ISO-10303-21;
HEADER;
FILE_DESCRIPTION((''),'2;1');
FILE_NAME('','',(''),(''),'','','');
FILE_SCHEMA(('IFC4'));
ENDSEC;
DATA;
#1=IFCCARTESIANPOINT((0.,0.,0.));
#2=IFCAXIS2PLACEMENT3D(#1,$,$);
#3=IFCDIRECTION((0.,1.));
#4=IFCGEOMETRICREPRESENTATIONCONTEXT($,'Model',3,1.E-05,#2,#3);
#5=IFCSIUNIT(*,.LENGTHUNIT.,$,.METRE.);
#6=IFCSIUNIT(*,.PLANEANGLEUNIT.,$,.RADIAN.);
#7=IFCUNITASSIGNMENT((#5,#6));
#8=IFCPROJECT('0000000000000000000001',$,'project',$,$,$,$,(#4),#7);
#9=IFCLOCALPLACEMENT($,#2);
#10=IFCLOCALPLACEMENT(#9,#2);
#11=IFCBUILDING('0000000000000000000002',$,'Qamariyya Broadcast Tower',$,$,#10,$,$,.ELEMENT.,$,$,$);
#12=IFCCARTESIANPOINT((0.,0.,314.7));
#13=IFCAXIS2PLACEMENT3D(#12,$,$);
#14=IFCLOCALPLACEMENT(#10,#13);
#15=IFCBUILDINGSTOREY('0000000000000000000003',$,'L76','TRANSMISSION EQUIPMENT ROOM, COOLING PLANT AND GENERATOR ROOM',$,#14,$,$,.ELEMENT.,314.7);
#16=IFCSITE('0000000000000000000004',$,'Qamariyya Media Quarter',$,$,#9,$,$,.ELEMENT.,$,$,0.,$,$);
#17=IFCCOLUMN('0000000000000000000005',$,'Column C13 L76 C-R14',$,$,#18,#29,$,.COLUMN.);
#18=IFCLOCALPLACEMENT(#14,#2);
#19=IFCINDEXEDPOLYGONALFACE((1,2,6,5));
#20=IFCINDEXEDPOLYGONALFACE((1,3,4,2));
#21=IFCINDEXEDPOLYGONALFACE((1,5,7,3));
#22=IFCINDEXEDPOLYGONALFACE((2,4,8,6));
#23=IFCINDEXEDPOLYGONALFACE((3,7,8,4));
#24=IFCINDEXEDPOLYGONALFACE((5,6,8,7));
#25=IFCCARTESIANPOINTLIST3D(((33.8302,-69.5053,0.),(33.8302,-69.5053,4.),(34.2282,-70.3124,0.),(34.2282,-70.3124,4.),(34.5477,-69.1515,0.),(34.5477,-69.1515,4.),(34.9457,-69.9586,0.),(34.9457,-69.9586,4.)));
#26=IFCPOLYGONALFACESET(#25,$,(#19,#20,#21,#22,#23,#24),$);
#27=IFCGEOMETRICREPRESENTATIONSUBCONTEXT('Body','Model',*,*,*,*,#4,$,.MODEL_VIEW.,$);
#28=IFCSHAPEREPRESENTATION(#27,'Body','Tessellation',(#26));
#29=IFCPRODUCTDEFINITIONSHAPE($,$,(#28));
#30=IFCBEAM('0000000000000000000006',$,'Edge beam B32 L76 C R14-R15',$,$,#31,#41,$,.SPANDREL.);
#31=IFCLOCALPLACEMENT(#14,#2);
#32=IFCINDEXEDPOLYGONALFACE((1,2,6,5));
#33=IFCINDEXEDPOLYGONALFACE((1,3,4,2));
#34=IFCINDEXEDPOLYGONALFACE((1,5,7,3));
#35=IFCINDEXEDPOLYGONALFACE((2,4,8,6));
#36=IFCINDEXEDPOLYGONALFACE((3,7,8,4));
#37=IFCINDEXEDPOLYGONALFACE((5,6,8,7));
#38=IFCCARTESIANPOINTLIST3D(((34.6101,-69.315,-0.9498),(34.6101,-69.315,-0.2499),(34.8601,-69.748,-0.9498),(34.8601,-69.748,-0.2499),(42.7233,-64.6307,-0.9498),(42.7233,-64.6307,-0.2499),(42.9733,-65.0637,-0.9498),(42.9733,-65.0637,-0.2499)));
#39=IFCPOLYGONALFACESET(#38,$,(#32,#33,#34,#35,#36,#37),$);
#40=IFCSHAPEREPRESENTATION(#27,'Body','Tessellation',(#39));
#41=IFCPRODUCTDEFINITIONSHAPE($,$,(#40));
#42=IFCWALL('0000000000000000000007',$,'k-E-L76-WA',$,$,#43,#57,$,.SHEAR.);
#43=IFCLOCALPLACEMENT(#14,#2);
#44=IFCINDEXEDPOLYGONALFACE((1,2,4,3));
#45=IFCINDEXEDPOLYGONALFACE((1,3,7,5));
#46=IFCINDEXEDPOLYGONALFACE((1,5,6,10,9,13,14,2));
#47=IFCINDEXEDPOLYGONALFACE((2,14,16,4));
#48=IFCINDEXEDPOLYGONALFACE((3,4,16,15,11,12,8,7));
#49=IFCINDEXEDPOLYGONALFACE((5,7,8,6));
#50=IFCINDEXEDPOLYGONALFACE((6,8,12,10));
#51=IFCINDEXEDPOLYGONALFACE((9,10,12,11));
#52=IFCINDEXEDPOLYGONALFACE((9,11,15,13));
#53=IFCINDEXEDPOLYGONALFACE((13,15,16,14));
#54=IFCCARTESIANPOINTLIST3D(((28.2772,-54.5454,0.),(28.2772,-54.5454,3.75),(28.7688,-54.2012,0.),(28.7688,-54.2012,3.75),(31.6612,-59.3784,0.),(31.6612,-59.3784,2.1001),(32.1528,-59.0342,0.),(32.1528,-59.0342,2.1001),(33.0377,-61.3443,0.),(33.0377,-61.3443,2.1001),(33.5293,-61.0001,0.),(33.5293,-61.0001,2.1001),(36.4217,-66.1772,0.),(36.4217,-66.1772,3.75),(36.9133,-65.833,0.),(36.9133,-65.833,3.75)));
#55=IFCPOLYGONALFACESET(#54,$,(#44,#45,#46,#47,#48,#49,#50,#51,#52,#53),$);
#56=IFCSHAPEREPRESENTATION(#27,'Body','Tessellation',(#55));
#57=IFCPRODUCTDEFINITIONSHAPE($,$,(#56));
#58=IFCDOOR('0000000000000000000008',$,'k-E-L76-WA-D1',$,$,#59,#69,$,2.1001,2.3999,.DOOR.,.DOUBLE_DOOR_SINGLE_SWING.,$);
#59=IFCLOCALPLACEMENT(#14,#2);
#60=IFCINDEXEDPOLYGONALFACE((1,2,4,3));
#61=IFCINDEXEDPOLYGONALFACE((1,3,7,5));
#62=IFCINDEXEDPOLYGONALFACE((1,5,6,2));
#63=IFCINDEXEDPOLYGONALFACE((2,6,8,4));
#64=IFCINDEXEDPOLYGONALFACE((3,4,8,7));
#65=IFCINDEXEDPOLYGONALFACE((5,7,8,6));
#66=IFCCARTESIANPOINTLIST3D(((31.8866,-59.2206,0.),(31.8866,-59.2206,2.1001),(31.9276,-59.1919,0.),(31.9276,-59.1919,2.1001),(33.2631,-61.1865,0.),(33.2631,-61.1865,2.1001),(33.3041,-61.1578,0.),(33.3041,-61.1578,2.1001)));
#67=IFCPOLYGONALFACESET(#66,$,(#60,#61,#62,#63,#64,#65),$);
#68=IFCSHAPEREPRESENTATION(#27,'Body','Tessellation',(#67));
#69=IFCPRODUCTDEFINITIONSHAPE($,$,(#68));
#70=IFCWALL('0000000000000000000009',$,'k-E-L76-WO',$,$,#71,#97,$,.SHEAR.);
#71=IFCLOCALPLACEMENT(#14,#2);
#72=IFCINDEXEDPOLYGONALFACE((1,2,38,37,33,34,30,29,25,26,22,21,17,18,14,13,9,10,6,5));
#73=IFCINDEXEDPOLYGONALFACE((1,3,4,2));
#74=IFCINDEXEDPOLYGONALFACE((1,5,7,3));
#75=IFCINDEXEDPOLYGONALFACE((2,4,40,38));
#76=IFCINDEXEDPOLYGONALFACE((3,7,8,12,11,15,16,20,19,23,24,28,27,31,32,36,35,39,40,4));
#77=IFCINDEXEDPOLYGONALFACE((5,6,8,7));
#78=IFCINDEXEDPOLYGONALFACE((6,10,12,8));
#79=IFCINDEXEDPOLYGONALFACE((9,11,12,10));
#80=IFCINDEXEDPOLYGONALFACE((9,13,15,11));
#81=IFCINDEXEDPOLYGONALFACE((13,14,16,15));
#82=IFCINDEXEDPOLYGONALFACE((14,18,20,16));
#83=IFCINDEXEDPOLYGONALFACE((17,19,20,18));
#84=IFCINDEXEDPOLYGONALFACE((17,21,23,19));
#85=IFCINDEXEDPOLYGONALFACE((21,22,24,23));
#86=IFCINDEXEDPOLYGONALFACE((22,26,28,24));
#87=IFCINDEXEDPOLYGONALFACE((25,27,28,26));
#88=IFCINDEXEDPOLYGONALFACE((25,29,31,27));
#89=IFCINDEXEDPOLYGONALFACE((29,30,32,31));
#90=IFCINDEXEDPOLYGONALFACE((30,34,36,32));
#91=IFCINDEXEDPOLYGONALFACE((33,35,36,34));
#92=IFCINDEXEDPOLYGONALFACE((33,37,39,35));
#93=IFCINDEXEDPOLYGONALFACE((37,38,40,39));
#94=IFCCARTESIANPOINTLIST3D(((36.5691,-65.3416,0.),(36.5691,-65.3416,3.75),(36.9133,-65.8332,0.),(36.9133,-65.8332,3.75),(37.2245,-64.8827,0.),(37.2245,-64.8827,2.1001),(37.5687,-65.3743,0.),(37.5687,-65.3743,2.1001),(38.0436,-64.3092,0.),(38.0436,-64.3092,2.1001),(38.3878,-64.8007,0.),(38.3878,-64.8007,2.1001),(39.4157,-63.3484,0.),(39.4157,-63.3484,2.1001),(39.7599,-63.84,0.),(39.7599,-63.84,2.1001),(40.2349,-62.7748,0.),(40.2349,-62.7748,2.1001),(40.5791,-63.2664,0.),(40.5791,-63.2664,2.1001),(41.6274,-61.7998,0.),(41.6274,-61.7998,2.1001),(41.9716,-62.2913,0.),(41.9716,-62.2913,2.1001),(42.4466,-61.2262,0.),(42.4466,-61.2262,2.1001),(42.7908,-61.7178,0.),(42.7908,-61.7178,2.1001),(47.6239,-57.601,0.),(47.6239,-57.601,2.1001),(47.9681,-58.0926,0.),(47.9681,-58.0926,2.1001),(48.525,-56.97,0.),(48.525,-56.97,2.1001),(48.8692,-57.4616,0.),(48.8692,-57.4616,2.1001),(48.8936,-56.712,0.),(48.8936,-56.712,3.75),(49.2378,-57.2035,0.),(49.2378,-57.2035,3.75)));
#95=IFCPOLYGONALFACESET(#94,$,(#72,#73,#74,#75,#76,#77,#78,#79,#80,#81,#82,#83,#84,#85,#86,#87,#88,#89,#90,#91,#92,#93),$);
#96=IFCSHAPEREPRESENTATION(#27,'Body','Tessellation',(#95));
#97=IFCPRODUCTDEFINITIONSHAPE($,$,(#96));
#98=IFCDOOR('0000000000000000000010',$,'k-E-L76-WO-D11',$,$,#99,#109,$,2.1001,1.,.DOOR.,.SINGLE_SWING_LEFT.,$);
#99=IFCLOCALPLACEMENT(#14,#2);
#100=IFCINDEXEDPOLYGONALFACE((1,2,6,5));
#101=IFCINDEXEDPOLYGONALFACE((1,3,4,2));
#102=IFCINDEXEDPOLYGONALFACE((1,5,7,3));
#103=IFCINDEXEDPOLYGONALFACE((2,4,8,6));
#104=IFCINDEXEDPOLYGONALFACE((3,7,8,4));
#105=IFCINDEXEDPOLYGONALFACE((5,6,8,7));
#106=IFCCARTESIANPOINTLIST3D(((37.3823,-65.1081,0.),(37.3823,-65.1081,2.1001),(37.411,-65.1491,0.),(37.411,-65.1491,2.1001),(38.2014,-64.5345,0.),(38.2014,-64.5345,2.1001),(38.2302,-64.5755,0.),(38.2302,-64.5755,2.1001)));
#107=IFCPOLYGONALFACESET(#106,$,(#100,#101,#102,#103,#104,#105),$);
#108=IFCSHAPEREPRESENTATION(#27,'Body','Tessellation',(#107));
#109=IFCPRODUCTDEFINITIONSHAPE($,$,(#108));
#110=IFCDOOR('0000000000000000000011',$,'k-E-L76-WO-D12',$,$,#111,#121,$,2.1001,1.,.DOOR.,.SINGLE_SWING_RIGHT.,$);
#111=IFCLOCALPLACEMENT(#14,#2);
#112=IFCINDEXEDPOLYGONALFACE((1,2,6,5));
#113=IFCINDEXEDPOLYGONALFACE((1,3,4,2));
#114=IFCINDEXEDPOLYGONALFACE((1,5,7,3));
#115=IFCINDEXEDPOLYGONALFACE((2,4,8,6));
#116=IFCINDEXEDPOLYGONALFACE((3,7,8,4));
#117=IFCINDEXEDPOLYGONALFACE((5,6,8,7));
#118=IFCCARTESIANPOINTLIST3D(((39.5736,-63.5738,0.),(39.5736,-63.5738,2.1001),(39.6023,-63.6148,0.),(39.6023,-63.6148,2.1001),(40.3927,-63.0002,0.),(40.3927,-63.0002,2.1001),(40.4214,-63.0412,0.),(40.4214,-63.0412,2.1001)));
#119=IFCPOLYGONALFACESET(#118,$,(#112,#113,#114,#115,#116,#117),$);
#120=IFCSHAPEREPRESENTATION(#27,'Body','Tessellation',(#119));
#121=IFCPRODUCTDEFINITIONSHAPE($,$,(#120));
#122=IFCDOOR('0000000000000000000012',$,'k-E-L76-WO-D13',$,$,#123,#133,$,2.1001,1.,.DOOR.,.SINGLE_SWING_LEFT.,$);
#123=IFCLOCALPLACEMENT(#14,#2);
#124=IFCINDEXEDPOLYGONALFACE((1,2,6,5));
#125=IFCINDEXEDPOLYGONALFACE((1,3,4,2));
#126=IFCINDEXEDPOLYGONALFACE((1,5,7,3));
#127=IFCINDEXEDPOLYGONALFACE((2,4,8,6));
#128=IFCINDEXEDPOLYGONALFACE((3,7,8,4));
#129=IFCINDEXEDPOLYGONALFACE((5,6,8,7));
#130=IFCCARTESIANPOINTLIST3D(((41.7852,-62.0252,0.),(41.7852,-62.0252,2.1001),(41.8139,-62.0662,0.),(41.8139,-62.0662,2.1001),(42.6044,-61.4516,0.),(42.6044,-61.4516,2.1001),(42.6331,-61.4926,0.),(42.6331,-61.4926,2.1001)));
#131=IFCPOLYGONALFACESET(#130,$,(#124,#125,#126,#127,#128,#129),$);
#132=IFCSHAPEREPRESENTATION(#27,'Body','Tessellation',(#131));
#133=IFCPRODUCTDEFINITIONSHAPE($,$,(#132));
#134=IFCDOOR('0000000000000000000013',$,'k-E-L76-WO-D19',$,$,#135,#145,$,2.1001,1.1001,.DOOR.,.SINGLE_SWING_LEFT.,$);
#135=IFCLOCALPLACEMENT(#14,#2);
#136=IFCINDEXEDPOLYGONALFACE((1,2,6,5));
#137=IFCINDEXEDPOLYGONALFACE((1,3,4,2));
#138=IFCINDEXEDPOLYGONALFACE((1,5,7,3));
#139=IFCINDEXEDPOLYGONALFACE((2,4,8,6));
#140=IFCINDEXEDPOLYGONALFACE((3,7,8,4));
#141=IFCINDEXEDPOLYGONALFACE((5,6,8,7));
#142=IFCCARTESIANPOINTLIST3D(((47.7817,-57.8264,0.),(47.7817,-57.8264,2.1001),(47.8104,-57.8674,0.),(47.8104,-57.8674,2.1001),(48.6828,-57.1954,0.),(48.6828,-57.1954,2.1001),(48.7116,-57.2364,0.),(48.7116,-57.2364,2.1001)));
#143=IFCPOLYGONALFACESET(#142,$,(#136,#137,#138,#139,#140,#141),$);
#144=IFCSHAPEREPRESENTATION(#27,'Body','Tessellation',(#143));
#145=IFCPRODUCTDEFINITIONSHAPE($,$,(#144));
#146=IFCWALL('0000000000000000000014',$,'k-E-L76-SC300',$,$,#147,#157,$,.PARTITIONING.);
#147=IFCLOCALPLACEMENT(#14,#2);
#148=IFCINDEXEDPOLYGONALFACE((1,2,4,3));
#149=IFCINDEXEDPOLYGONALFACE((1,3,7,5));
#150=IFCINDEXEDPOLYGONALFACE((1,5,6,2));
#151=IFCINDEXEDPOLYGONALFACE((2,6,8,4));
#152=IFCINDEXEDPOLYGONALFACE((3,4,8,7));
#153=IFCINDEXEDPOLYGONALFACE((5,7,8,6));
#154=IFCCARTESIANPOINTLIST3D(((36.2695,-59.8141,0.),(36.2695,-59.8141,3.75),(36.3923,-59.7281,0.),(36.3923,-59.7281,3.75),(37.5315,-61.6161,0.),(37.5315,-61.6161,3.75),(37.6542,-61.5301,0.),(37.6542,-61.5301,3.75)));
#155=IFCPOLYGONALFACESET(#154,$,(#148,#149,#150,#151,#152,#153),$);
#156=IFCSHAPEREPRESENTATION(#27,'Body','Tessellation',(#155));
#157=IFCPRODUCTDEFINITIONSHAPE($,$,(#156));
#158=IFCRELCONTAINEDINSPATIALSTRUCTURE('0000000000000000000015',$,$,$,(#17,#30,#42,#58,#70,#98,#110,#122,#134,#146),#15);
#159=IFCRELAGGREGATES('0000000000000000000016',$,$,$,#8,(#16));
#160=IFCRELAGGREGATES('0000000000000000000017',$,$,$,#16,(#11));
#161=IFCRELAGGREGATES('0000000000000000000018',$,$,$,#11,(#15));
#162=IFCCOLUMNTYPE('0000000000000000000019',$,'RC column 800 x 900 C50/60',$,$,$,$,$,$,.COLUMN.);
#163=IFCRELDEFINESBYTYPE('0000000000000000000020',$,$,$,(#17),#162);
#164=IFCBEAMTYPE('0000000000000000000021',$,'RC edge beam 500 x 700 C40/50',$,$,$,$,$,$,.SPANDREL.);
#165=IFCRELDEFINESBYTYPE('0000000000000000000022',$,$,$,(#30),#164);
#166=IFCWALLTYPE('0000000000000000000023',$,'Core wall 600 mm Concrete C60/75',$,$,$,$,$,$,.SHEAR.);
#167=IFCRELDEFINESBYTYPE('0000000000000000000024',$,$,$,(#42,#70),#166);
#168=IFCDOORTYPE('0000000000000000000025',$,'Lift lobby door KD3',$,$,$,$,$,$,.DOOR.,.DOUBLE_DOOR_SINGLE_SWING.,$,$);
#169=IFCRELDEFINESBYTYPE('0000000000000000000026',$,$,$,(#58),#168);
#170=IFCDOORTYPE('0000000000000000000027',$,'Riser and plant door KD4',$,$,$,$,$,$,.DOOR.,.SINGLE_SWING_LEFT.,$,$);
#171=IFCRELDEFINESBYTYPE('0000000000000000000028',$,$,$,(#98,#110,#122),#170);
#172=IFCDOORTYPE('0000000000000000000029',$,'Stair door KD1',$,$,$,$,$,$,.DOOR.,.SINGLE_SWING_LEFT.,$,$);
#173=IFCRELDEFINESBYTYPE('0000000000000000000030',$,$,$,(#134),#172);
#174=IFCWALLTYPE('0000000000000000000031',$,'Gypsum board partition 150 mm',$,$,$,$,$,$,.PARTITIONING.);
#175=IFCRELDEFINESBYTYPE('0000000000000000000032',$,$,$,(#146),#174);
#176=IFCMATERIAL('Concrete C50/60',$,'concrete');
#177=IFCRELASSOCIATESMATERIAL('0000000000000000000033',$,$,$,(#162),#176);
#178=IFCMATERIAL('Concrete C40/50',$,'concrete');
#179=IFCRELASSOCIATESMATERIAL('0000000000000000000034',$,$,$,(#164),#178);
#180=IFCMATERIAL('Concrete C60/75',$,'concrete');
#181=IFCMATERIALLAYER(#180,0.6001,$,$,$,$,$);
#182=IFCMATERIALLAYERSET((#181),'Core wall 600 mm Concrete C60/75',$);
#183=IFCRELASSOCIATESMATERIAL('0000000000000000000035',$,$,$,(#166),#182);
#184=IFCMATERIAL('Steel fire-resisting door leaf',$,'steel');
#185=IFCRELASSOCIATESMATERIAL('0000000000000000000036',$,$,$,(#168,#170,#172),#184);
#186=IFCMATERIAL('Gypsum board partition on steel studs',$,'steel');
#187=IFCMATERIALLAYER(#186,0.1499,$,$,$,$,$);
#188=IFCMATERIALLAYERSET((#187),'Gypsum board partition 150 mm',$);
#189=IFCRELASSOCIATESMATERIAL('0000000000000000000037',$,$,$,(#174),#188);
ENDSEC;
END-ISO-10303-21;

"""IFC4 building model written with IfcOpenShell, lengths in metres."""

from ifc_helpers import new_model, si_unit, direction, frame, frame_2d, origin, origin_2d, place, context, subcontext, project, spatial, rectangle, extrude, material, layer, layer_set, material_profile, profile_set, type_object, element, fill, save


model = new_model("IFC4")

# Units and contexts
model_context = context("Model", 3, precision=1e-05, world=origin(), true_north=direction((0.0, 1.0)))
body_context = subcontext(model_context, "Body", "Model", "MODEL_VIEW")
ifc_project = project(units=[si_unit("LENGTHUNIT", "METRE"), si_unit("PLANEANGLEUNIT", "RADIAN")], contexts=[model_context])

# Site, building, storey
site_placement = place(None, origin())
site = spatial("IfcSite", under=ifc_project, at=site_placement, Name="Qamariyya Media Quarter", CompositionType="ELEMENT", RefElevation=0.0)
building_placement = place(site_placement, origin())
building = spatial("IfcBuilding", under=site, at=building_placement, Name="Qamariyya Broadcast Tower", CompositionType="ELEMENT")
storey_placement = place(building_placement, frame((0.0, 0.0, 314.7)))
storey = spatial("IfcBuildingStorey", under=building, at=storey_placement, Name="L76", Description="TRANSMISSION EQUIPMENT ROOM, COOLING PLANT AND GENERATOR ROOM", CompositionType="ELEMENT", Elevation=314.7)

# Column
ifc_material_1 = material(Name="Concrete C50/60", Category="concrete")
ifc_material_profile_1 = material_profile(ifc_material_1, rectangle(XDim=0.8, YDim=0.8999, at=origin_2d()))
ifc_profile_set_1 = profile_set([ifc_material_profile_1], Name="Concrete C50/60")
column_type = type_object("IfcColumnType", Name="RC column 800 x 900 C50/60", PredefinedType="COLUMN", material=ifc_profile_set_1)
column_placement = place(storey_placement, frame((34.3879, -69.7319, 0.0), z_axis=(0.0, 0.0, 1.0), x_axis=(0.896873, 0.442289, 0.0)))
element("IfcColumn", 1, at=column_placement, inside=storey, type_object=column_type, Name="Column C13 L76 C-R14", PredefinedType="COLUMN", context=body_context, shape_type="SweptSolid", body=[
    extrude(rectangle(XDim=0.8, YDim=0.8999, at=origin_2d()), origin(), (0.0, 0.0, 1.0), 4.0),
])

# Beam
ifc_material_2 = material(Name="Concrete C40/50", Category="concrete")
ifc_material_profile_2 = material_profile(ifc_material_2, rectangle(XDim=0.5, YDim=0.7, at=origin_2d()))
ifc_profile_set_2 = profile_set([ifc_material_profile_2], Name="Concrete C40/50")
beam_type = type_object("IfcBeamType", Name="RC edge beam 500 x 700 C40/50", PredefinedType="SPANDREL", material=ifc_profile_set_2)
beam_placement = place(storey_placement, frame((34.7351, -69.5315, -0.5999), z_axis=(0.86602, 0.50001, 0.0), x_axis=(-0.50001, 0.86602, 0.0)))
element("IfcBeam", 2, at=beam_placement, inside=storey, type_object=beam_type, Name="Edge beam B32 L76 C R14-R15", PredefinedType="SPANDREL", context=body_context, shape_type="SweptSolid", body=[
    extrude(rectangle(XDim=0.5, YDim=0.7, at=origin_2d()), origin(), (0.0, 0.0, 1.0), 9.3684),
])

# Wall, opening, door
ifc_material_3 = material(Name="Concrete C60/75", Category="concrete")
ifc_layer_1 = layer(ifc_material_3, 0.6001)
ifc_layer_set_1 = layer_set([ifc_layer_1], Name="Core wall 600 mm Concrete C60/75")
wall_type_1 = type_object("IfcWallType", Name="Core wall 600 mm Concrete C60/75", PredefinedType="SHEAR", material=ifc_layer_set_1)
wall_1_placement = place(storey_placement, frame((36.6675, -66.0051, 0.0), z_axis=(0.0, 0.0, 1.0), x_axis=(-0.573568, 0.819158, 0.0)))
wall_1 = element("IfcWall", 3, at=wall_1_placement, inside=storey, type_object=wall_type_1, Name="k-E-L76-WA", PredefinedType="SHEAR", context=body_context, shape_type="SweptSolid", body=[
    extrude(rectangle(XDim=14.1997, YDim=0.6001, at=frame_2d((7.0999, 0.0))), origin(), (0.0, 0.0, 1.0), 3.75),
])
opening_1_placement = place(wall_1_placement, frame((5.8999, 0.0, 0.0)))
opening_1 = element("IfcOpeningElement", 4, at=opening_1_placement, cuts=wall_1, PredefinedType="OPENING", context=body_context, shape_type="SweptSolid", body=[
    extrude(rectangle(XDim=2.3999, YDim=2.1001, at=frame_2d((1.2, 1.05))), frame((0.0, 0.3101, 0.0), z_axis=(0.0, -1.0, 0.0), x_axis=(1.0, 0.0, 0.0)), (0.0, 0.0, 1.0), 0.6201),
])
ifc_material_4 = material(Name="Steel fire-resisting door leaf", Category="steel")
door_type_1 = type_object("IfcDoorType", Name="Lift lobby door KD3", OperationType="DOUBLE_DOOR_SINGLE_SWING", PredefinedType="DOOR", material=ifc_material_4)
door_1_placement = place(opening_1_placement, origin())
door_1 = element("IfcDoor", 5, at=door_1_placement, inside=storey, type_object=door_type_1, Name="k-E-L76-WA-D1", OperationType="DOUBLE_DOOR_SINGLE_SWING", OverallHeight=2.1001, OverallWidth=2.3999, PredefinedType="DOOR", context=body_context, shape_type="SweptSolid", body=[
    extrude(rectangle(XDim=2.3999, YDim=2.1001, at=frame_2d((1.2, 1.05))), frame((0.0, 0.0249, 0.0), z_axis=(0.0, -1.0, 0.0), x_axis=(1.0, 0.0, 0.0)), (0.0, 0.0, 1.0), 0.05),
])
fill(opening_1, door_1)

# Wall, openings, doors
wall_2_placement = place(storey_placement, frame((36.7412, -65.5874, 0.0), z_axis=(0.0, 0.0, 1.0), x_axis=(0.819153, 0.573575, 0.0)))
wall_2 = element("IfcWall", 6, at=wall_2_placement, inside=storey, type_object=wall_type_1, Name="k-E-L76-WO", PredefinedType="SHEAR", context=body_context, shape_type="SweptSolid", body=[
    extrude(rectangle(XDim=15.0454, YDim=0.6001, at=frame_2d((7.5227, 0.0))), origin(), (0.0, 0.0, 1.0), 3.75),
])
opening_2_placement = place(wall_2_placement, frame((0.8, 0.0, 0.0)))
opening_2 = element("IfcOpeningElement", 7, at=opening_2_placement, cuts=wall_2, PredefinedType="OPENING", context=body_context, shape_type="SweptSolid", body=[
    extrude(rectangle(XDim=1.0, YDim=2.1001, at=frame_2d((0.5, 1.05))), frame((0.0, 0.3101, 0.0), z_axis=(0.0, -1.0, 0.0), x_axis=(1.0, 0.0, 0.0)), (0.0, 0.0, 1.0), 0.6201),
])
opening_3_placement = place(wall_2_placement, frame((3.4751, 0.0, 0.0)))
opening_3 = element("IfcOpeningElement", 8, at=opening_3_placement, cuts=wall_2, PredefinedType="OPENING", context=body_context, shape_type="SweptSolid", body=[
    extrude(rectangle(XDim=1.0, YDim=2.1001, at=frame_2d((0.5, 1.05))), frame((0.0, 0.3101, 0.0), z_axis=(0.0, -1.0, 0.0), x_axis=(1.0, 0.0, 0.0)), (0.0, 0.0, 1.0), 0.6201),
])
opening_4_placement = place(wall_2_placement, frame((6.175, 0.0, 0.0)))
opening_4 = element("IfcOpeningElement", 9, at=opening_4_placement, cuts=wall_2, PredefinedType="OPENING", context=body_context, shape_type="SweptSolid", body=[
    extrude(rectangle(XDim=1.0, YDim=2.1001, at=frame_2d((0.5, 1.05))), frame((0.0, 0.3101, 0.0), z_axis=(0.0, -1.0, 0.0), x_axis=(1.0, 0.0, 0.0)), (0.0, 0.0, 1.0), 0.6201),
])
opening_5_placement = place(wall_2_placement, frame((13.4954, 0.0, 0.0)))
opening_5 = element("IfcOpeningElement", 10, at=opening_5_placement, cuts=wall_2, PredefinedType="OPENING", context=body_context, shape_type="SweptSolid", body=[
    extrude(rectangle(XDim=1.1001, YDim=2.1001, at=frame_2d((0.55, 1.05))), frame((0.0, 0.3101, 0.0), z_axis=(0.0, -1.0, 0.0), x_axis=(1.0, 0.0, 0.0)), (0.0, 0.0, 1.0), 0.6201),
])
door_type_2 = type_object("IfcDoorType", Name="Riser and plant door KD4", OperationType="SINGLE_SWING_LEFT", PredefinedType="DOOR", material=ifc_material_4)
door_2_placement = place(opening_2_placement, origin())
door_2 = element("IfcDoor", 11, at=door_2_placement, inside=storey, type_object=door_type_2, Name="k-E-L76-WO-D11", OperationType="SINGLE_SWING_LEFT", OverallHeight=2.1001, OverallWidth=1.0, PredefinedType="DOOR", context=body_context, shape_type="SweptSolid", body=[
    extrude(rectangle(XDim=1.0, YDim=2.1001, at=frame_2d((0.5, 1.05))), frame((0.0, 0.0249, 0.0), z_axis=(0.0, -1.0, 0.0), x_axis=(1.0, 0.0, 0.0)), (0.0, 0.0, 1.0), 0.05),
])
fill(opening_2, door_2)
door_3_placement = place(opening_3_placement, origin())
door_3 = element("IfcDoor", 12, at=door_3_placement, inside=storey, type_object=door_type_2, Name="k-E-L76-WO-D12", OperationType="SINGLE_SWING_RIGHT", OverallHeight=2.1001, OverallWidth=1.0, PredefinedType="DOOR", context=body_context, shape_type="SweptSolid", body=[
    extrude(rectangle(XDim=1.0, YDim=2.1001, at=frame_2d((0.5, 1.05))), frame((0.0, 0.0249, 0.0), z_axis=(0.0, -1.0, 0.0), x_axis=(1.0, 0.0, 0.0)), (0.0, 0.0, 1.0), 0.05),
])
fill(opening_3, door_3)
door_4_placement = place(opening_4_placement, origin())
door_4 = element("IfcDoor", 13, at=door_4_placement, inside=storey, type_object=door_type_2, Name="k-E-L76-WO-D13", OperationType="SINGLE_SWING_LEFT", OverallHeight=2.1001, OverallWidth=1.0, PredefinedType="DOOR", context=body_context, shape_type="SweptSolid", body=[
    extrude(rectangle(XDim=1.0, YDim=2.1001, at=frame_2d((0.5, 1.05))), frame((0.0, 0.0249, 0.0), z_axis=(0.0, -1.0, 0.0), x_axis=(1.0, 0.0, 0.0)), (0.0, 0.0, 1.0), 0.05),
])
fill(opening_4, door_4)
door_type_3 = type_object("IfcDoorType", Name="Stair door KD1", OperationType="SINGLE_SWING_LEFT", PredefinedType="DOOR", material=ifc_material_4)
door_5_placement = place(opening_5_placement, origin())
door_5 = element("IfcDoor", 14, at=door_5_placement, inside=storey, type_object=door_type_3, Name="k-E-L76-WO-D19", OperationType="SINGLE_SWING_LEFT", OverallHeight=2.1001, OverallWidth=1.1001, PredefinedType="DOOR", context=body_context, shape_type="SweptSolid", body=[
    extrude(rectangle(XDim=1.1001, YDim=2.1001, at=frame_2d((0.55, 1.05))), frame((0.0, 0.0249, 0.0), z_axis=(0.0, -1.0, 0.0), x_axis=(1.0, 0.0, 0.0)), (0.0, 0.0, 1.0), 0.05),
])
fill(opening_5, door_5)

# Wall
ifc_material_5 = material(Name="Gypsum board partition on steel studs", Category="steel")
ifc_layer_2 = layer(ifc_material_5, 0.1499)
ifc_layer_set_2 = layer_set([ifc_layer_2], Name="Gypsum board partition 150 mm")
wall_type_2 = type_object("IfcWallType", Name="Gypsum board partition 150 mm", PredefinedType="PARTITIONING", material=ifc_layer_set_2)
for number, where, z_axis, x_axis, name in (
    (15, (36.3308, -59.771, 0.0), (0.0, 0.0, 1.0), (0.573634, -0.819112, 0.0), "k-E-L76-SC300"),
):
    element("IfcWall", number, at=place(storey_placement, frame(where, z_axis=z_axis, x_axis=x_axis)), inside=storey, type_object=wall_type_2, Name=name, PredefinedType="PARTITIONING", context=body_context, shape_type="SweptSolid", body=[
        extrude(rectangle(XDim=2.2, YDim=0.1499, at=frame_2d((1.1001, 0.0))), origin(), (0.0, 0.0, 1.0), 3.75),
    ])

save(model, "model.ifc")
